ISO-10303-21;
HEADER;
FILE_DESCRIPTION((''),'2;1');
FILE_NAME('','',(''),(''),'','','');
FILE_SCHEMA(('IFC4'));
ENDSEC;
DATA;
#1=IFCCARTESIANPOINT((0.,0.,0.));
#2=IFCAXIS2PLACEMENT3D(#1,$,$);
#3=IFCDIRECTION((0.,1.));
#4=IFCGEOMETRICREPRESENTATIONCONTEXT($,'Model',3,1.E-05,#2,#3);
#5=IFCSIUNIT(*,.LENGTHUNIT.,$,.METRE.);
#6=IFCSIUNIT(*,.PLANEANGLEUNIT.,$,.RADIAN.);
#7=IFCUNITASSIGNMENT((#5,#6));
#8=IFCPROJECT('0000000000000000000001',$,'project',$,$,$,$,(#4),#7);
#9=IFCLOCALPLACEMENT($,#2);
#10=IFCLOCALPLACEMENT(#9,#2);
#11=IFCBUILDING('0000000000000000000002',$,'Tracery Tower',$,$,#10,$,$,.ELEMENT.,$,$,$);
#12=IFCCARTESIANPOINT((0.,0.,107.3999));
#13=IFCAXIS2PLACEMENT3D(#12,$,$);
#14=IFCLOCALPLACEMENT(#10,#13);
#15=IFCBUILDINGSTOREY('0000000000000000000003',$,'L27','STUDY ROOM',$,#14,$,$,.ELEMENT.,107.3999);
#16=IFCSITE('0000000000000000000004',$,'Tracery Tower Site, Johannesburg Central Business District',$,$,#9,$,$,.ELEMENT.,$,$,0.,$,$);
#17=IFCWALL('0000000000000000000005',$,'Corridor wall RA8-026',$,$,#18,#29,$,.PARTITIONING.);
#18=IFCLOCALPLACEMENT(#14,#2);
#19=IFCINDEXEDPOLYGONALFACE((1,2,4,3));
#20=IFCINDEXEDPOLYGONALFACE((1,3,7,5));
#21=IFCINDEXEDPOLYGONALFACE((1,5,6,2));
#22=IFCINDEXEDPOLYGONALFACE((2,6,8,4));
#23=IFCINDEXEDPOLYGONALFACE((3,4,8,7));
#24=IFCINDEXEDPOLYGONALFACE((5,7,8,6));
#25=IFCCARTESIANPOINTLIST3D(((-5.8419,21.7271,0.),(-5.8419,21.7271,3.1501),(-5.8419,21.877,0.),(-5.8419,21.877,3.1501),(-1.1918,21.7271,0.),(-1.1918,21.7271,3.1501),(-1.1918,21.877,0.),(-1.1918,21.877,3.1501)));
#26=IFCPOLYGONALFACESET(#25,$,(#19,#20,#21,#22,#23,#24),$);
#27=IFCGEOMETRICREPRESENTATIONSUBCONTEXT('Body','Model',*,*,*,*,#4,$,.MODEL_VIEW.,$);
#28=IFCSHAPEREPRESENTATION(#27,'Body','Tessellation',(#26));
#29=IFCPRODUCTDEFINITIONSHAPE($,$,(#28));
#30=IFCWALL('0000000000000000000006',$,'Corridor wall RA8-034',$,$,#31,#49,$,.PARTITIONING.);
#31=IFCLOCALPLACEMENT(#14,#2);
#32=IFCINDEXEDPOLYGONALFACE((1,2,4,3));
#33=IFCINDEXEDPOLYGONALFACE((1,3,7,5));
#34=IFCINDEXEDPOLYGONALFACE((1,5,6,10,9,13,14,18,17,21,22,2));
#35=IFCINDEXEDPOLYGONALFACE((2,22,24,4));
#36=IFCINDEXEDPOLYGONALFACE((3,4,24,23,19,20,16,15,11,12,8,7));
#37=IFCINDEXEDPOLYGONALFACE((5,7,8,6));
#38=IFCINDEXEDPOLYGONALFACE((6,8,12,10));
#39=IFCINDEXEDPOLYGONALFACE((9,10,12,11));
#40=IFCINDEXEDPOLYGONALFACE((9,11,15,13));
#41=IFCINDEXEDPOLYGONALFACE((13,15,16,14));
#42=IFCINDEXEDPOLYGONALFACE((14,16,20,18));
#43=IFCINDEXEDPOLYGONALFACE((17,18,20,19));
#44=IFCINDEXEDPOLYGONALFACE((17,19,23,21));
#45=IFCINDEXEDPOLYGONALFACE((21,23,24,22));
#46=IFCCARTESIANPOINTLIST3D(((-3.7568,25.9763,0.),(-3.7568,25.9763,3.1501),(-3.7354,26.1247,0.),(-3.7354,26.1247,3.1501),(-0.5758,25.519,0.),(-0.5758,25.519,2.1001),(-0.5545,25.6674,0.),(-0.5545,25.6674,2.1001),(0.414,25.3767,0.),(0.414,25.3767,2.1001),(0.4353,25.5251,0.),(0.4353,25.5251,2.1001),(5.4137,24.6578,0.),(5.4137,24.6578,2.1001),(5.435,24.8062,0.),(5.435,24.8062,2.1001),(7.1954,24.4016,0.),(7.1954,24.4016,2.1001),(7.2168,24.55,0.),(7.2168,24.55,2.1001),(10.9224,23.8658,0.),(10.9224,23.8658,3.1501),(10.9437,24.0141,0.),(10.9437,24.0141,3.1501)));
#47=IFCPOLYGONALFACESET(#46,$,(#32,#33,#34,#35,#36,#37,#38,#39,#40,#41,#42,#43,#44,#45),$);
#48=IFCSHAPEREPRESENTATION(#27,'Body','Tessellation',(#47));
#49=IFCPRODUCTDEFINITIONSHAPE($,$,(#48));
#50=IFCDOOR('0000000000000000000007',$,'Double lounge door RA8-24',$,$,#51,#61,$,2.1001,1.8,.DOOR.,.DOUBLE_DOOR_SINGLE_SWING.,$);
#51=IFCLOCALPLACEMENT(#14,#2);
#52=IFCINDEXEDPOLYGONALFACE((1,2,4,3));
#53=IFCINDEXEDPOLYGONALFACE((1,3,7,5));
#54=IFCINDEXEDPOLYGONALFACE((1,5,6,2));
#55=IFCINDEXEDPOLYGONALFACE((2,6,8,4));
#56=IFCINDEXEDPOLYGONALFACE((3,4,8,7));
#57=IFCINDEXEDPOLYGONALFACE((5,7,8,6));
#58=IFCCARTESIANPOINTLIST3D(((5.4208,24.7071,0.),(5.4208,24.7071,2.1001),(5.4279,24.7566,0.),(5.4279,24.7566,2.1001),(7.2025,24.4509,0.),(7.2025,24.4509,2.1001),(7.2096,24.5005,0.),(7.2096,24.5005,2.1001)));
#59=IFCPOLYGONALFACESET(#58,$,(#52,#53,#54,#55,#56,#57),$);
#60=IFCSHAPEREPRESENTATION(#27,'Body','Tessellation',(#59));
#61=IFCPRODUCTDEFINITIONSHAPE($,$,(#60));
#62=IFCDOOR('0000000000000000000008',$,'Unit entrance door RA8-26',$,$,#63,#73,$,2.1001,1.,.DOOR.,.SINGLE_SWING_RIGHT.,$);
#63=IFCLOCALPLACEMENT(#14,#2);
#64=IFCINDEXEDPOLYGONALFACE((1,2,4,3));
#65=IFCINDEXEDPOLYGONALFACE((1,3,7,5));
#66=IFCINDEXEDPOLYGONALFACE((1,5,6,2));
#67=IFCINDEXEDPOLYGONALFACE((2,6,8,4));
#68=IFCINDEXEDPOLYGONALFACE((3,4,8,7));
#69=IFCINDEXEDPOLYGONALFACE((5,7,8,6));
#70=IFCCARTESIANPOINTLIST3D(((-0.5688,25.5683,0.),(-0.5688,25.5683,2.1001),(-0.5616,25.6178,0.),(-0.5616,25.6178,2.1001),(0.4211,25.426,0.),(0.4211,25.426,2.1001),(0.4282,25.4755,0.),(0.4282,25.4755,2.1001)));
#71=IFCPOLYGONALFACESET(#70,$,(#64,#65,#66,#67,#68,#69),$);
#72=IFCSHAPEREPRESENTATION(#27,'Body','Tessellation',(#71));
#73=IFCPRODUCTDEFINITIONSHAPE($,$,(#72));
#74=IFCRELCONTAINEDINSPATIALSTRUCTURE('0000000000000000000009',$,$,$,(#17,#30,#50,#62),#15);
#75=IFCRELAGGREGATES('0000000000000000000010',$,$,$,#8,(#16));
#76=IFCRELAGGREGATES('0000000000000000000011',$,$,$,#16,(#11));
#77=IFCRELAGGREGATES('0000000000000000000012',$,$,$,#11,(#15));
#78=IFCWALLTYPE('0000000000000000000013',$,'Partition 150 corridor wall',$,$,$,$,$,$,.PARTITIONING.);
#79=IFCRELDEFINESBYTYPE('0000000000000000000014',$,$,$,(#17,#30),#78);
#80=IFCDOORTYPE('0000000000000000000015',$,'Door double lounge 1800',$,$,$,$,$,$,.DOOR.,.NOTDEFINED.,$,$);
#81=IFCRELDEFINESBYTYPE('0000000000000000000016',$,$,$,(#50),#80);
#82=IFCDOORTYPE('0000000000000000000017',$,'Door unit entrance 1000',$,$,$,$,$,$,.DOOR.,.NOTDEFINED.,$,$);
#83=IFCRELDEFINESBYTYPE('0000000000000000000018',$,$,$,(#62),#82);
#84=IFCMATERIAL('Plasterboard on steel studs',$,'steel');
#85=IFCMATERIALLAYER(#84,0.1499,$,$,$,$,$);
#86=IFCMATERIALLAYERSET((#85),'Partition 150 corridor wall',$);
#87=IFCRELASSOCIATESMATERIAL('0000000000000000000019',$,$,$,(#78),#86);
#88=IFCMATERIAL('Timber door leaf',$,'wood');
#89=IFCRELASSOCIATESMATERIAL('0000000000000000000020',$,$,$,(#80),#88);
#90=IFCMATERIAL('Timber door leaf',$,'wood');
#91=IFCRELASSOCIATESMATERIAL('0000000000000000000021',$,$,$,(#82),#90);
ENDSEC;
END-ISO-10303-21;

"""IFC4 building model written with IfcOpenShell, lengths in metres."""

from ifc_helpers import new_model, si_unit, direction, frame, frame_2d, origin, place, context, subcontext, project, spatial, rectangle, extrude, material, layer, layer_set, type_object, element, fill, save


model = new_model("IFC4")

# Units and contexts
model_context = context("Model", 3, precision=1e-05, world=origin(), true_north=direction((0.0, 1.0)))
body_context = subcontext(model_context, "Body", "Model", "MODEL_VIEW")
ifc_project = project(units=[si_unit("LENGTHUNIT", "METRE"), si_unit("PLANEANGLEUNIT", "RADIAN")], contexts=[model_context])

# Site, building, storey
site_placement = place(None, origin())
site = spatial("IfcSite", under=ifc_project, at=site_placement, Name="Tracery Tower Site, Johannesburg Central Business District", CompositionType="ELEMENT", RefElevation=0.0)
building_placement = place(site_placement, origin())
building = spatial("IfcBuilding", under=site, at=building_placement, Name="Tracery Tower", CompositionType="ELEMENT")
storey_placement = place(building_placement, frame((0.0, 0.0, 107.3999)))
storey = spatial("IfcBuildingStorey", under=building, at=storey_placement, Name="L27", Description="STUDY ROOM", CompositionType="ELEMENT", Elevation=107.3999)

# Wall
ifc_material_1 = material(Name="Plasterboard on steel studs", Category="steel")
ifc_layer_1 = layer(ifc_material_1, 0.1499)
ifc_layer_set_1 = layer_set([ifc_layer_1], Name="Partition 150 corridor wall")
wall_type_1 = type_object("IfcWallType", Name="Partition 150 corridor wall", PredefinedType="PARTITIONING", material=ifc_layer_set_1)
wall_1_placement = place(storey_placement, frame((-5.842, 21.802, 0.0), z_axis=(0.0, 0.0, 1.0), x_axis=(1.0, 0.0, 0.0)))
element("IfcWall", 1, at=wall_1_placement, inside=storey, type_object=wall_type_1, Name="Corridor wall RA8-026", PredefinedType="PARTITIONING", context=body_context, shape_type="SweptSolid", body=[
    extrude(rectangle(XDim=4.6501, YDim=0.1499, at=frame_2d((2.3252, 0.0))), origin(), (0.0, 0.0, 1.0), 3.1501),
])

# Wall, openings, doors
wall_2_placement = place(storey_placement, frame((-3.7461, 26.0505, 0.0), z_axis=(0.0, 0.0, 1.0), x_axis=(0.989821, -0.142318, 0.0)))
wall_2 = element("IfcWall", 2, at=wall_2_placement, inside=storey, type_object=wall_type_1, Name="Corridor wall RA8-034", PredefinedType="PARTITIONING", context=body_context, shape_type="SweptSolid", body=[
    extrude(rectangle(XDim=14.8301, YDim=0.1499, at=frame_2d((7.415, 0.0))), origin(), (0.0, 0.0, 1.0), 3.1501),
])
opening_1_placement = place(wall_2_placement, frame((9.2649, 0.0, 0.0)))
opening_1 = element("IfcOpeningElement", 3, at=opening_1_placement, cuts=wall_2, PredefinedType="OPENING", context=body_context, shape_type="SweptSolid", body=[
    extrude(rectangle(XDim=1.8, YDim=2.1001, at=frame_2d((0.8999, 1.05))), frame((0.0, 0.075, 0.0), z_axis=(0.0, -1.0, 0.0), x_axis=(1.0, 0.0, 0.0)), (0.0, 0.0, 1.0), 0.1499),
])
opening_2_placement = place(wall_2_placement, frame((3.2136, 0.0, 0.0)))
opening_2 = element("IfcOpeningElement", 4, at=opening_2_placement, cuts=wall_2, PredefinedType="OPENING", context=body_context, shape_type="SweptSolid", body=[
    extrude(rectangle(XDim=1.0, YDim=2.1001, at=frame_2d((0.5, 1.05))), frame((0.0, 0.075, 0.0), z_axis=(0.0, -1.0, 0.0), x_axis=(1.0, 0.0, 0.0)), (0.0, 0.0, 1.0), 0.1499),
])
ifc_material_2 = material(Name="Timber door leaf", Category="wood")
door_type_1 = type_object("IfcDoorType", Name="Door double lounge 1800", OperationType="NOTDEFINED", PredefinedType="DOOR", material=ifc_material_2)
door_1_placement = place(opening_1_placement, origin())
door_1 = element("IfcDoor", 5, at=door_1_placement, inside=storey, type_object=door_type_1, Name="Double lounge door RA8-24", OperationType="DOUBLE_DOOR_SINGLE_SWING", OverallHeight=2.1001, OverallWidth=1.8, PredefinedType="DOOR", context=body_context, shape_type="SweptSolid", body=[
    extrude(rectangle(XDim=1.8, YDim=2.1001, at=frame_2d((0.8999, 1.05))), frame((0.0, 0.0249, 0.0), z_axis=(0.0, -1.0, 0.0), x_axis=(1.0, 0.0, 0.0)), (0.0, 0.0, 1.0), 0.05),
])
fill(opening_1, door_1)
ifc_material_3 = material(Name="Timber door leaf", Category="wood")
door_type_2 = type_object("IfcDoorType", Name="Door unit entrance 1000", OperationType="NOTDEFINED", PredefinedType="DOOR", material=ifc_material_3)
door_2_placement = place(opening_2_placement, origin())
door_2 = element("IfcDoor", 6, at=door_2_placement, inside=storey, type_object=door_type_2, Name="Unit entrance door RA8-26", OperationType="SINGLE_SWING_RIGHT", OverallHeight=2.1001, OverallWidth=1.0, PredefinedType="DOOR", context=body_context, shape_type="SweptSolid", body=[
    extrude(rectangle(XDim=1.0, YDim=2.1001, at=frame_2d((0.5, 1.05))), frame((0.0, 0.0249, 0.0), z_axis=(0.0, -1.0, 0.0), x_axis=(1.0, 0.0, 0.0)), (0.0, 0.0, 1.0), 0.05),
])
fill(opening_2, door_2)

save(model, "model.ifc")
